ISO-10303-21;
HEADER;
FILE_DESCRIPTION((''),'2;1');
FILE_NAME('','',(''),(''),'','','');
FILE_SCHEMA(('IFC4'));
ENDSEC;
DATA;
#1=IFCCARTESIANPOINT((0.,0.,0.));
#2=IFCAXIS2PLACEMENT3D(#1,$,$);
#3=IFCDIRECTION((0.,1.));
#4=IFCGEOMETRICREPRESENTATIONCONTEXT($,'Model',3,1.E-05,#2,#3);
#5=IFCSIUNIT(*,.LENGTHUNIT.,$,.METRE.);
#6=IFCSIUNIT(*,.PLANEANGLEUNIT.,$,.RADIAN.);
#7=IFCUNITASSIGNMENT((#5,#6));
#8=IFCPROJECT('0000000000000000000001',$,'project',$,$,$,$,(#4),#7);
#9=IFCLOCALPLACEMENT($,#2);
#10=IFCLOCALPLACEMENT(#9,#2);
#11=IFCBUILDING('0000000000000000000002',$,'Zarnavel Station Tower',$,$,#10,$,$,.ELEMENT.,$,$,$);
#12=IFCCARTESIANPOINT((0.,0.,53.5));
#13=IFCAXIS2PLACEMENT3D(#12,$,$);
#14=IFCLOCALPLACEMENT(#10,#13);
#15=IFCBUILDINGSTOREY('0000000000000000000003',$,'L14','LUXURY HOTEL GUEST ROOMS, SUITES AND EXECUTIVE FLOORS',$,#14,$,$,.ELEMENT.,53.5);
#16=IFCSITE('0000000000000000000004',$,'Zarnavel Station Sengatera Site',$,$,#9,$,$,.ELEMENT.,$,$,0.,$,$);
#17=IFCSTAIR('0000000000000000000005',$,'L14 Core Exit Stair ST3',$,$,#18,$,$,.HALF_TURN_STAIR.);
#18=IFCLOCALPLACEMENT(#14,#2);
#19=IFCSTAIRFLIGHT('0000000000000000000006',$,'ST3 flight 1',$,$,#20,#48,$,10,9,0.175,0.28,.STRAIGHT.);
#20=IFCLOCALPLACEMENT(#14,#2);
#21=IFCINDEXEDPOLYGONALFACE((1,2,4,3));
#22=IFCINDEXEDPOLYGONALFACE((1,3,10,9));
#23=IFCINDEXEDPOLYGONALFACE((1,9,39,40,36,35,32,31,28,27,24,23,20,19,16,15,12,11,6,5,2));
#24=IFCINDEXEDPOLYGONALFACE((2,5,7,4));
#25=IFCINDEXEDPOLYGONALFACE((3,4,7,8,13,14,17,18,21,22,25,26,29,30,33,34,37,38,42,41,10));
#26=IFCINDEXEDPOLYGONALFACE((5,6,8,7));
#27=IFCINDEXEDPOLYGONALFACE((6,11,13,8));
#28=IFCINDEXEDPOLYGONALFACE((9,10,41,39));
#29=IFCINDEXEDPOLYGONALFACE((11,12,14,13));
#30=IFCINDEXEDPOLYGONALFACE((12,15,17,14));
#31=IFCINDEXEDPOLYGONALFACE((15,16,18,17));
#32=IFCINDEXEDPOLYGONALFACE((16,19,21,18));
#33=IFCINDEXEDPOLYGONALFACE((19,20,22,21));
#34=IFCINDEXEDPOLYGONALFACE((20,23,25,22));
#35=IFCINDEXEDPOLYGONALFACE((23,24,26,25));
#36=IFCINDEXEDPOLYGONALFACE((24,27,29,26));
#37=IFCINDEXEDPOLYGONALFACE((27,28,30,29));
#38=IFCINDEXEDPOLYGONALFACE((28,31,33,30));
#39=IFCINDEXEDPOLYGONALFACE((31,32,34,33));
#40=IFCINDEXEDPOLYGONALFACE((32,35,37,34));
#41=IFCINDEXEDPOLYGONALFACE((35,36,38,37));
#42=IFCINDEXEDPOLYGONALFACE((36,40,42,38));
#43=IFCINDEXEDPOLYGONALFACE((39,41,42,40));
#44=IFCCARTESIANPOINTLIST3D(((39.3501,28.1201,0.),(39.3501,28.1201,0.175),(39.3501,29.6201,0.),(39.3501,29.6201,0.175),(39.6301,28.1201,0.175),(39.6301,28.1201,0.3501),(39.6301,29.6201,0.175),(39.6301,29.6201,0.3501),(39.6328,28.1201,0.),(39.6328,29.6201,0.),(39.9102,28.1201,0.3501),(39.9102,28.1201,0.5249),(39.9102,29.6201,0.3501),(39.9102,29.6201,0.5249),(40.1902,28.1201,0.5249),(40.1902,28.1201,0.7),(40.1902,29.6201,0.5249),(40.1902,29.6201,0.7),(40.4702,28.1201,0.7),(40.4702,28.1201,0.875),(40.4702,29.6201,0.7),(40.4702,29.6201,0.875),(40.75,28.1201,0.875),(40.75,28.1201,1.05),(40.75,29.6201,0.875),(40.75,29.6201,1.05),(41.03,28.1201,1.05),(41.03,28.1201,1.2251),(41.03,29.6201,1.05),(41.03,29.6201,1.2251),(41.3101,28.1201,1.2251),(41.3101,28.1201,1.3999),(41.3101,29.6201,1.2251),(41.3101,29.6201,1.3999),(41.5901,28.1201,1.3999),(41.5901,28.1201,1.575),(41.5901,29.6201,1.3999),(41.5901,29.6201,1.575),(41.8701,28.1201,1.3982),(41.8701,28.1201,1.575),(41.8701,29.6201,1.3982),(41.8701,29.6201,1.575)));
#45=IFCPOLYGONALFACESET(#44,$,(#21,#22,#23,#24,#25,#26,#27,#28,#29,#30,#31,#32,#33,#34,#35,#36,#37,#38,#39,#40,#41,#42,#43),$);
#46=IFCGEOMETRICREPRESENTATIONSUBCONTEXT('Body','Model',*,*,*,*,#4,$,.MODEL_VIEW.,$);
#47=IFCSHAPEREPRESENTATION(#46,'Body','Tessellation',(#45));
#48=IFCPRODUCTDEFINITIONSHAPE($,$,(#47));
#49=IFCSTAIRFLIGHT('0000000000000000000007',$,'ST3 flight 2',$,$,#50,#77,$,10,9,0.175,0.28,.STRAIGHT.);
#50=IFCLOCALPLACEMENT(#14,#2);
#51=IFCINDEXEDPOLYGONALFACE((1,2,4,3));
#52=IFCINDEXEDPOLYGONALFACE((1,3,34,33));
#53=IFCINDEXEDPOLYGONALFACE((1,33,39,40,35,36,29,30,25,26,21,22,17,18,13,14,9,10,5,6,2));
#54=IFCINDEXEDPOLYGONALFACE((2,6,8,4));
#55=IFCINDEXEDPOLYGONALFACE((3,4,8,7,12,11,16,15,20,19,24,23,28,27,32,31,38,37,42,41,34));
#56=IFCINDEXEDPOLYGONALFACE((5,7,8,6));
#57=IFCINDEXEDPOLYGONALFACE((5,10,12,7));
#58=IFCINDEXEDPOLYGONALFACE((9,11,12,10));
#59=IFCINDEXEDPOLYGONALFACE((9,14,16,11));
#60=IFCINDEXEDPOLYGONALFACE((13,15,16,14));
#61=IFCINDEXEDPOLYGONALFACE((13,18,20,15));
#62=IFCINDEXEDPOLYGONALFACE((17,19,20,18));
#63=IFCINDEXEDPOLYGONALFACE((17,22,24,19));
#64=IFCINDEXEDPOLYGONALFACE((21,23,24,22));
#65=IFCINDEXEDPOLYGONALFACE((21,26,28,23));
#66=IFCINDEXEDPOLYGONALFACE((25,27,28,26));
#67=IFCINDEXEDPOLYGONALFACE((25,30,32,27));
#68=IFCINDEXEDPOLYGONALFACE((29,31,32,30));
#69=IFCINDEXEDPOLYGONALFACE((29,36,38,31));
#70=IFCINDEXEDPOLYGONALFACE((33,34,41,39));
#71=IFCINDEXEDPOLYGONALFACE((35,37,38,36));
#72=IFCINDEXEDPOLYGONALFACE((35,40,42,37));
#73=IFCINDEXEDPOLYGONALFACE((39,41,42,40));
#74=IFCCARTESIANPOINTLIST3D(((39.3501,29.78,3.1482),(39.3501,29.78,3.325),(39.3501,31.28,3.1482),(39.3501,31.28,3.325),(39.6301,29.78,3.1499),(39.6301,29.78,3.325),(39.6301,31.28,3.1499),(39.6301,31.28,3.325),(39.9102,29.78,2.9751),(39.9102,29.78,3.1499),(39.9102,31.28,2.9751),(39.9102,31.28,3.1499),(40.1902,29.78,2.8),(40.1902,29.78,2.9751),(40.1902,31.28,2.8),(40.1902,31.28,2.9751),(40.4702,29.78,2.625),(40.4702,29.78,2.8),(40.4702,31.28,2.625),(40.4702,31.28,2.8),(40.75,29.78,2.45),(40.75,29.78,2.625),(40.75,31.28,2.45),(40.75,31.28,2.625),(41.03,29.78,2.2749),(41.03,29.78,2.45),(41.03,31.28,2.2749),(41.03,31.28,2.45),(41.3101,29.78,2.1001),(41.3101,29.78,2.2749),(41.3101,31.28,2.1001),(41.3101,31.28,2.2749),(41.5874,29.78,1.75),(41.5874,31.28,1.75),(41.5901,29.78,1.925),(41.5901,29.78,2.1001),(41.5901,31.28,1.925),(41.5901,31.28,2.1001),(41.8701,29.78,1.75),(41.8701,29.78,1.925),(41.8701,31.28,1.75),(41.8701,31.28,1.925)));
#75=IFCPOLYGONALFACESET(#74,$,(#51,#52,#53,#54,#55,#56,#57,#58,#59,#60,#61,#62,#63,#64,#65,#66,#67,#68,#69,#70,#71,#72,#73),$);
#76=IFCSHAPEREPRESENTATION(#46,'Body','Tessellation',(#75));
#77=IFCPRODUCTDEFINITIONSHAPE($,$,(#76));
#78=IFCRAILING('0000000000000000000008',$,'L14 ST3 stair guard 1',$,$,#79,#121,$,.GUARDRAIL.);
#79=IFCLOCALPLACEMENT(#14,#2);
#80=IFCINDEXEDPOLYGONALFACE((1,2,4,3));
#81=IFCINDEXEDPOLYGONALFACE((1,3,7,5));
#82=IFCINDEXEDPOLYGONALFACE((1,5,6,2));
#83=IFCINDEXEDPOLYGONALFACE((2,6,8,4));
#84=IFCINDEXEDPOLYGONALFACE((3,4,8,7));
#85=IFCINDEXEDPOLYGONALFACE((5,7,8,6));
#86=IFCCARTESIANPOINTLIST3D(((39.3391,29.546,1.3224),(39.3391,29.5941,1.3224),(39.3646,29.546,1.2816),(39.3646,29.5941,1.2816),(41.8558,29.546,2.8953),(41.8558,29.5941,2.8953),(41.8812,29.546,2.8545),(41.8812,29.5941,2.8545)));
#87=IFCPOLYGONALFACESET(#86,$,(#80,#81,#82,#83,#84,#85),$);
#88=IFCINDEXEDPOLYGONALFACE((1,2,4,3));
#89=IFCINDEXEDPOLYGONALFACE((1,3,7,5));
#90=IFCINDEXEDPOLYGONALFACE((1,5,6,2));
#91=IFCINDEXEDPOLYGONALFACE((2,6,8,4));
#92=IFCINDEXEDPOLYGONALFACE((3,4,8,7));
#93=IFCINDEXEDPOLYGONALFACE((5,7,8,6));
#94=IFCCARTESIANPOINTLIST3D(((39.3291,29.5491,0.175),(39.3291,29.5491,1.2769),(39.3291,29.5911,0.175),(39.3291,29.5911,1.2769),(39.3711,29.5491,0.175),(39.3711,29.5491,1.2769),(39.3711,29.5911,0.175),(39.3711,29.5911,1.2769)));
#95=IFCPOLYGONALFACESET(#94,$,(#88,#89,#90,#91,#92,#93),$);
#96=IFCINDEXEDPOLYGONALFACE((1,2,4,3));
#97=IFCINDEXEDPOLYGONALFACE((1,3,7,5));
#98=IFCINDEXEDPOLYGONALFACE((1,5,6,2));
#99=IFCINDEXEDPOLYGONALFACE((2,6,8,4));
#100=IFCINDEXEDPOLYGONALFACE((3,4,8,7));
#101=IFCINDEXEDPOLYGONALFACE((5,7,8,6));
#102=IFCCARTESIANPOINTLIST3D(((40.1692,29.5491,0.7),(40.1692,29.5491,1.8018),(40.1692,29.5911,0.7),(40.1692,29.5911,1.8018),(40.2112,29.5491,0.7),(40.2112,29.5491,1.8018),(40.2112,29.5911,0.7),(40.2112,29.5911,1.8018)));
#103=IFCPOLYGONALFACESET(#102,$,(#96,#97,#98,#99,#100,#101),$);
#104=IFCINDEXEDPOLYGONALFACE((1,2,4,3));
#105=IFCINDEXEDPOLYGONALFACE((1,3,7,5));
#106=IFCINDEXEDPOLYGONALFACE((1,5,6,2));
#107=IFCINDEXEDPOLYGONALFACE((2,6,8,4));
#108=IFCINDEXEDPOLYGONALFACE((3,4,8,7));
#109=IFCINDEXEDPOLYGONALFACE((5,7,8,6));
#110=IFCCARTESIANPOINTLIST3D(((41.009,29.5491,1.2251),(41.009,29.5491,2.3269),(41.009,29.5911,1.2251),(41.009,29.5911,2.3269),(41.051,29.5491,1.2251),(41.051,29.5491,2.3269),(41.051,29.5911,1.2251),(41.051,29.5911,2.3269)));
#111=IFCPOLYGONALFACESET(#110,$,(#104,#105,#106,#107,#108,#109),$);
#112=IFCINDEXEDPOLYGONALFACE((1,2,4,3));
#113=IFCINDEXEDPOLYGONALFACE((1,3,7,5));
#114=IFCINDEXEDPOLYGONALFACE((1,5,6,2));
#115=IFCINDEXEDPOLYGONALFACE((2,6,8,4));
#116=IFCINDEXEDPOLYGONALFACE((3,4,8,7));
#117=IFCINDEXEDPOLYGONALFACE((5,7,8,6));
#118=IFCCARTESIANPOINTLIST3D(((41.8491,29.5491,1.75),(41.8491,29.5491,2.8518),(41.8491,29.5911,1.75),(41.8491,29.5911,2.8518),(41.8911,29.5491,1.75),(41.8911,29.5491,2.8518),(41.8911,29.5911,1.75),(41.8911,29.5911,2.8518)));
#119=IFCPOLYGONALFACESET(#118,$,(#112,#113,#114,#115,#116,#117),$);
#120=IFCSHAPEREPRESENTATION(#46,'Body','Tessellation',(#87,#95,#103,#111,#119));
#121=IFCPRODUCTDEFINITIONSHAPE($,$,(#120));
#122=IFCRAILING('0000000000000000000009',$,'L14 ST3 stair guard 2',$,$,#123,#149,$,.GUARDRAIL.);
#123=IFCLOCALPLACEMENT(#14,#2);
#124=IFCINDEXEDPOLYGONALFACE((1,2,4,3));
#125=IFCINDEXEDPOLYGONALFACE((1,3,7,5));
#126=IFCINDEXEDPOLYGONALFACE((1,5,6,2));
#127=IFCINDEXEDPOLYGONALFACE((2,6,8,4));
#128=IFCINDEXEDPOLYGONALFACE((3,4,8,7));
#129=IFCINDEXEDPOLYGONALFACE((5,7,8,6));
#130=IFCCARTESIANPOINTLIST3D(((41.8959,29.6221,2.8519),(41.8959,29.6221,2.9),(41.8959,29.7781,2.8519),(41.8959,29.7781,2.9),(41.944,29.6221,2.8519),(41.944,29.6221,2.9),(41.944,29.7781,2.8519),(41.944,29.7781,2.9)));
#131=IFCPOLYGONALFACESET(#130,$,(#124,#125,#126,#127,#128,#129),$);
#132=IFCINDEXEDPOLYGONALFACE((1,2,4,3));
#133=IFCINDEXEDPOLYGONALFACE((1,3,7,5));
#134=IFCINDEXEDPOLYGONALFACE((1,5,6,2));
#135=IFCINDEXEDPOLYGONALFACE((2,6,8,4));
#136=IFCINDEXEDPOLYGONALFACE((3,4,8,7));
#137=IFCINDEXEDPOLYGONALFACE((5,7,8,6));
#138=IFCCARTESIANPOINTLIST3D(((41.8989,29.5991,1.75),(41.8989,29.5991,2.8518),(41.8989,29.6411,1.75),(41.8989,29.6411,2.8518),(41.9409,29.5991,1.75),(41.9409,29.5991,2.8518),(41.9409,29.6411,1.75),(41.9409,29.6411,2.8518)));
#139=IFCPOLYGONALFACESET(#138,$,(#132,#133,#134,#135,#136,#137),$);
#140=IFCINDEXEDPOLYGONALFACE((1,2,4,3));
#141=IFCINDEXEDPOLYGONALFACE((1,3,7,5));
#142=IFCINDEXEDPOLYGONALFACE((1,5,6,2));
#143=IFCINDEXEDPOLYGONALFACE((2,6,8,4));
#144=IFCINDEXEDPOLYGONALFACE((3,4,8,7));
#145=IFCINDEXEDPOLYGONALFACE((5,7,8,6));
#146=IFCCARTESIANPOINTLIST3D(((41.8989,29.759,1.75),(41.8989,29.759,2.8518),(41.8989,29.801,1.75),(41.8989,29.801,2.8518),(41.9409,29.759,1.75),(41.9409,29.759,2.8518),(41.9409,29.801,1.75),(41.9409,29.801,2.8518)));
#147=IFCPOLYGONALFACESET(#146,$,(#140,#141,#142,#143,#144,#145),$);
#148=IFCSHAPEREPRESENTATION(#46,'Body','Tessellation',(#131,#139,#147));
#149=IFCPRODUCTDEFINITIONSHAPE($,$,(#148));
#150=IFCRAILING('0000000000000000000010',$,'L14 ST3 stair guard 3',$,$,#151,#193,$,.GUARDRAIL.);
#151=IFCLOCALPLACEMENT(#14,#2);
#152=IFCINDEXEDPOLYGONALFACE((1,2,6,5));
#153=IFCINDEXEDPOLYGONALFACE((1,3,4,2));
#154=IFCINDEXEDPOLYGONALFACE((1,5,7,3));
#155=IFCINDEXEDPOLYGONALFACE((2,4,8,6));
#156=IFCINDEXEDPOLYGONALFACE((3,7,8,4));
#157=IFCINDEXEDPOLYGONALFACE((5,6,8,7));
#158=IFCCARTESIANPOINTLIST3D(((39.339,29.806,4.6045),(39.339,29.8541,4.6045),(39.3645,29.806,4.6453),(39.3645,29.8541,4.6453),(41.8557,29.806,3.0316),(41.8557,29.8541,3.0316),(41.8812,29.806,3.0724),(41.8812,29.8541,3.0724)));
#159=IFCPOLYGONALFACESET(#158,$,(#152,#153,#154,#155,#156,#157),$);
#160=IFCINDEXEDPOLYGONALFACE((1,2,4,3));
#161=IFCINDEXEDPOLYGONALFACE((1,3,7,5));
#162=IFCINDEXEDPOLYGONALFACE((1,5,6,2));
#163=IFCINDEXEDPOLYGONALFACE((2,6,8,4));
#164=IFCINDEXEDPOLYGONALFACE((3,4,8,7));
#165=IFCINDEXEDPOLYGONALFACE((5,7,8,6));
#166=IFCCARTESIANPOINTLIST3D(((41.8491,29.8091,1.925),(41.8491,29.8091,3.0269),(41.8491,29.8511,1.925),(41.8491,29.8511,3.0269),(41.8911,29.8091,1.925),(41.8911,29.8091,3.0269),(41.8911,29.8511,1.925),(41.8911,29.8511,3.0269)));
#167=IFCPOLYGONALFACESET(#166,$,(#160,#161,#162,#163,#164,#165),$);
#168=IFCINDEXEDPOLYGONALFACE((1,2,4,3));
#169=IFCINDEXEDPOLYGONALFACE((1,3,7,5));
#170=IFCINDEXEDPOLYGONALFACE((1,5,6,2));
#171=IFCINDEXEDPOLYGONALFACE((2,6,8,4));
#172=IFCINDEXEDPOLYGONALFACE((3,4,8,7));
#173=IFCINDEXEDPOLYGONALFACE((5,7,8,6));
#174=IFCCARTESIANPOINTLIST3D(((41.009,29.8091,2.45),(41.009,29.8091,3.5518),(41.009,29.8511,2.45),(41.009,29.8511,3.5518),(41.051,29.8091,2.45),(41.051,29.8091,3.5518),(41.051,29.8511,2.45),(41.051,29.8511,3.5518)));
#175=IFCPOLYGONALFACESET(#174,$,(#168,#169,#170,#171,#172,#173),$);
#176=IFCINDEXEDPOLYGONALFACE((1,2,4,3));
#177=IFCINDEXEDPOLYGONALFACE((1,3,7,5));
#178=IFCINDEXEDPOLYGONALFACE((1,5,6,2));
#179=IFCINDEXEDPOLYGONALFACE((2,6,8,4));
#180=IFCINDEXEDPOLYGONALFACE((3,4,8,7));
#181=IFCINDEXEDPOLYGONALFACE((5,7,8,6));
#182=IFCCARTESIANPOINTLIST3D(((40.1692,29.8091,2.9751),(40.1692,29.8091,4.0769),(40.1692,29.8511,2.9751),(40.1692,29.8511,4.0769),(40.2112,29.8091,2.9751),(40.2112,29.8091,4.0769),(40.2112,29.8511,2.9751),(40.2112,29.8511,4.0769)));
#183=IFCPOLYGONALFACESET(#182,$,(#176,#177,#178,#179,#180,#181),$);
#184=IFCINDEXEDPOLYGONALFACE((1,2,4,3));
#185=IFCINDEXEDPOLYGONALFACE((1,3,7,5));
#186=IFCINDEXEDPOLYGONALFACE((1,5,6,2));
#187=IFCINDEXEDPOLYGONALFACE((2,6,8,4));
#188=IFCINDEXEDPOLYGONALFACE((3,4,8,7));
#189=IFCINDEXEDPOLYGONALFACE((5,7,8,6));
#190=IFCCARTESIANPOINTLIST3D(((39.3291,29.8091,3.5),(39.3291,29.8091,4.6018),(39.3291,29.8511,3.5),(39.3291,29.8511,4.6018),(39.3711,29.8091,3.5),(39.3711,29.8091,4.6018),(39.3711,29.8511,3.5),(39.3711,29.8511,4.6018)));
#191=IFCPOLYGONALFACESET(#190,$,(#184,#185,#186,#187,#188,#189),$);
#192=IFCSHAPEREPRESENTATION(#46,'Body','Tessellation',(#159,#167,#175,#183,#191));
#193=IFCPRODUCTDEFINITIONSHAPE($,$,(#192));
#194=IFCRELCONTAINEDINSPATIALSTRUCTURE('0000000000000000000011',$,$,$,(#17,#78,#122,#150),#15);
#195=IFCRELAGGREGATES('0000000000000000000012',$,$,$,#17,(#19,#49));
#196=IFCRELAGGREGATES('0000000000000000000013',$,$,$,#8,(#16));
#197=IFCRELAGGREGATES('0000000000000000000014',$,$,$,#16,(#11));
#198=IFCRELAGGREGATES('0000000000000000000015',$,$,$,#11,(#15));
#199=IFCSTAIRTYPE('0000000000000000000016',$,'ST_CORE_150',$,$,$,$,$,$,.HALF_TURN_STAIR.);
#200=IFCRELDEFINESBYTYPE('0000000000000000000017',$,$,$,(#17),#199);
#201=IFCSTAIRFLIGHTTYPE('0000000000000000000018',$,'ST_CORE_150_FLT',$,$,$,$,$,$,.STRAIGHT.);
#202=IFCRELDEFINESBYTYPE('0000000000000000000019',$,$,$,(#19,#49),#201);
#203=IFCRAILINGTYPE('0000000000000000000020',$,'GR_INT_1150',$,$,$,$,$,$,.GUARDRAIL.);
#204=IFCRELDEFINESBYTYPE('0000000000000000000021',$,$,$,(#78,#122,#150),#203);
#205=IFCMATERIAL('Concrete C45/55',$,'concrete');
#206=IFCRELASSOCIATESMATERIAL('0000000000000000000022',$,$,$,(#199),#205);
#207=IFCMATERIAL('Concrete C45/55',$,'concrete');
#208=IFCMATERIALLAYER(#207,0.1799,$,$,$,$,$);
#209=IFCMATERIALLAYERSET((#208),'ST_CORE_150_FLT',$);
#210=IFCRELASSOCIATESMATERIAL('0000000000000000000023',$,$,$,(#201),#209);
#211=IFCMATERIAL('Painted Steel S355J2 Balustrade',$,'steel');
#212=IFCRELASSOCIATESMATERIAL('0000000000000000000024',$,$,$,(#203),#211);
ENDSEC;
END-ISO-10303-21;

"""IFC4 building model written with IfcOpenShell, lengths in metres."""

from ifc_helpers import new_model, si_unit, direction, frame, origin, origin_2d, place, context, subcontext, project, spatial, polyline, rectangle, outline, extrude, material, layer, layer_set, type_object, element, aggregate, save


model = new_model("IFC4")

# Units and contexts
model_context = context("Model", 3, precision=1e-05, world=origin(), true_north=direction((0.0, 1.0)))
body_context = subcontext(model_context, "Body", "Model", "MODEL_VIEW")
ifc_project = project(units=[si_unit("LENGTHUNIT", "METRE"), si_unit("PLANEANGLEUNIT", "RADIAN")], contexts=[model_context])

# Site, building, storey
site_placement = place(None, origin())
site = spatial("IfcSite", under=ifc_project, at=site_placement, Name="Zarnavel Station Sengatera Site", CompositionType="ELEMENT", RefElevation=0.0)
building_placement = place(site_placement, origin())
building = spatial("IfcBuilding", under=site, at=building_placement, Name="Zarnavel Station Tower", CompositionType="ELEMENT")
storey_placement = place(building_placement, frame((0.0, 0.0, 53.5)))
storey = spatial("IfcBuildingStorey", under=building, at=storey_placement, Name="L14", Description="LUXURY HOTEL GUEST ROOMS, SUITES AND EXECUTIVE FLOORS", CompositionType="ELEMENT", Elevation=53.5)

# Stair, stair flights
ifc_material_1 = material(Name="Concrete C45/55", Category="concrete")
stair_type = type_object("IfcStairType", Name="ST_CORE_150", PredefinedType="HALF_TURN_STAIR", material=ifc_material_1)
stair_placement = place(storey_placement, origin())
stair = element("IfcStair", 1, at=stair_placement, inside=storey, type_object=stair_type, Name="L14 Core Exit Stair ST3", PredefinedType="HALF_TURN_STAIR")
ifc_material_2 = material(Name="Concrete C45/55", Category="concrete")
ifc_layer_1 = layer(ifc_material_2, 0.1799)
ifc_layer_set_1 = layer_set([ifc_layer_1], Name="ST_CORE_150_FLT")
stair_flight_type = type_object("IfcStairFlightType", Name="ST_CORE_150_FLT", PredefinedType="STRAIGHT", material=ifc_layer_set_1)
stair_flight_1_placement = place(storey_placement, frame((39.3501, 28.8701, 0.0), z_axis=(0.0, 0.0, 1.0), x_axis=(1.0, 0.0, 0.0)))
stair_flight_1 = element("IfcStairFlight", 2, at=stair_flight_1_placement, type_object=stair_flight_type, Name="ST3 flight 1", NumberOfRisers=10, NumberOfTreads=9, PredefinedType="STRAIGHT", RiserHeight=0.175, TreadLength=0.28, context=body_context, shape_type="SweptSolid", body=[
    extrude(outline(polyline([(0.0, 0.0), (0.0, 0.175), (0.28, 0.175), (0.28, 0.3501), (0.5601, 0.3501), (0.5601, 0.5249), (0.8401, 0.5249), (0.8401, 0.7), (1.1201, 0.7), (1.1201, 0.875), (1.3999, 0.875), (1.3999, 1.05), (1.6799, 1.05), (1.6799, 1.2251), (1.96, 1.2251), (1.96, 1.3999), (2.24, 1.3999), (2.24, 1.575), (2.52, 1.575), (2.52, 1.75), (2.52, 1.3982), (0.2827, 0.0), (0.0, 0.0)])), frame((0.0, 0.75, 0.0), z_axis=(0.0, -1.0, 0.0), x_axis=(1.0, 0.0, 0.0)), (0.0, 0.0, 1.0), 1.5),
])
stair_flight_2_placement = place(storey_placement, frame((41.8701, 30.53, 1.75), z_axis=(0.0, 0.0, 1.0), x_axis=(-1.0, 0.0, 0.0)))
stair_flight_2 = element("IfcStairFlight", 3, at=stair_flight_2_placement, type_object=stair_flight_type, Name="ST3 flight 2", NumberOfRisers=10, NumberOfTreads=9, PredefinedType="STRAIGHT", RiserHeight=0.175, TreadLength=0.28, context=body_context, shape_type="SweptSolid", body=[
    extrude(outline(polyline([(0.0, 0.0), (0.0, 0.175), (0.28, 0.175), (0.28, 0.3501), (0.5601, 0.3501), (0.5601, 0.5249), (0.8401, 0.5249), (0.8401, 0.7), (1.1201, 0.7), (1.1201, 0.875), (1.3999, 0.875), (1.3999, 1.05), (1.6799, 1.05), (1.6799, 1.2251), (1.96, 1.2251), (1.96, 1.3999), (2.24, 1.3999), (2.24, 1.575), (2.52, 1.575), (2.52, 1.75), (2.52, 1.3982), (0.2827, 0.0), (0.0, 0.0)])), frame((0.0, 0.75, 0.0), z_axis=(0.0, -1.0, 0.0), x_axis=(1.0, 0.0, 0.0)), (0.0, 0.0, 1.0), 1.5),
])
aggregate(stair, [stair_flight_1, stair_flight_2])

# Railings
ifc_material_3 = material(Name="Painted Steel S355J2 Balustrade", Category="steel")
railing_type_1 = type_object("IfcRailingType", Name="GR_INT_1150", PredefinedType="GUARDRAIL", material=ifc_material_3)
railing_1_placement = place(storey_placement, frame((39.3501, 29.5701, 0.175)))
element("IfcRailing", 4, at=railing_1_placement, inside=storey, type_object=railing_type_1, Name="L14 ST3 stair guard 1", PredefinedType="GUARDRAIL", context=body_context, shape_type="SweptSolid", body=[
    extrude(rectangle(XDim=0.0481, YDim=0.0481, at=origin_2d()), frame((0.0017, 0.0, 1.127), z_axis=(0.848008, 0.0, 0.529984), x_axis=(0.0, 1.0, 0.0)), (0.0, 0.0, 1.0), 2.9678),
    extrude(rectangle(XDim=0.042, YDim=0.042, at=origin_2d()), origin(), (0.0, 0.0, 1.0), 1.1018),
    extrude(rectangle(XDim=0.042, YDim=0.042, at=origin_2d()), frame((0.8401, 0.0, 0.5249)), (0.0, 0.0, 1.0), 1.1018),
    extrude(rectangle(XDim=0.042, YDim=0.042, at=origin_2d()), frame((1.6799, 0.0, 1.05)), (0.0, 0.0, 1.0), 1.1018),
    extrude(rectangle(XDim=0.042, YDim=0.042, at=origin_2d()), frame((2.52, 0.0, 1.575)), (0.0, 0.0, 1.0), 1.1018),
])
railing_2_placement = place(storey_placement, frame((41.9199, 29.6201, 1.75)))
element("IfcRailing", 5, at=railing_2_placement, inside=storey, type_object=railing_type_1, Name="L14 ST3 stair guard 2", PredefinedType="GUARDRAIL", context=body_context, shape_type="SweptSolid", body=[
    extrude(rectangle(XDim=0.0481, YDim=0.0481, at=origin_2d()), frame((0.0, 0.002, 1.126), z_axis=(0.0, 1.0, 0.0), x_axis=(-1.0, 0.0, 0.0)), (0.0, 0.0, 1.0), 0.156),
    extrude(rectangle(XDim=0.042, YDim=0.042, at=origin_2d()), origin(), (0.0, 0.0, 1.0), 1.1018),
    extrude(rectangle(XDim=0.042, YDim=0.042, at=origin_2d()), frame((0.0, 0.1599, 0.0)), (0.0, 0.0, 1.0), 1.1018),
])
railing_3_placement = place(storey_placement, frame((41.8701, 29.8301, 1.925)))
element("IfcRailing", 6, at=railing_3_placement, inside=storey, type_object=railing_type_1, Name="L14 ST3 stair guard 3", PredefinedType="GUARDRAIL", context=body_context, shape_type="SweptSolid", body=[
    extrude(rectangle(XDim=0.0481, YDim=0.0481, at=origin_2d()), frame((-0.0017, 0.0, 1.127), z_axis=(-0.848008, 0.0, 0.529984), x_axis=(0.0, -1.0, 0.0)), (0.0, 0.0, 1.0), 2.9678),
    extrude(rectangle(XDim=0.042, YDim=0.042, at=origin_2d()), origin(), (0.0, 0.0, 1.0), 1.1018),
    extrude(rectangle(XDim=0.042, YDim=0.042, at=origin_2d()), frame((-0.8401, 0.0, 0.5249)), (0.0, 0.0, 1.0), 1.1018),
    extrude(rectangle(XDim=0.042, YDim=0.042, at=origin_2d()), frame((-1.6799, 0.0, 1.05)), (0.0, 0.0, 1.0), 1.1018),
    extrude(rectangle(XDim=0.042, YDim=0.042, at=origin_2d()), frame((-2.52, 0.0, 1.575)), (0.0, 0.0, 1.0), 1.1018),
])

save(model, "model.ifc")
